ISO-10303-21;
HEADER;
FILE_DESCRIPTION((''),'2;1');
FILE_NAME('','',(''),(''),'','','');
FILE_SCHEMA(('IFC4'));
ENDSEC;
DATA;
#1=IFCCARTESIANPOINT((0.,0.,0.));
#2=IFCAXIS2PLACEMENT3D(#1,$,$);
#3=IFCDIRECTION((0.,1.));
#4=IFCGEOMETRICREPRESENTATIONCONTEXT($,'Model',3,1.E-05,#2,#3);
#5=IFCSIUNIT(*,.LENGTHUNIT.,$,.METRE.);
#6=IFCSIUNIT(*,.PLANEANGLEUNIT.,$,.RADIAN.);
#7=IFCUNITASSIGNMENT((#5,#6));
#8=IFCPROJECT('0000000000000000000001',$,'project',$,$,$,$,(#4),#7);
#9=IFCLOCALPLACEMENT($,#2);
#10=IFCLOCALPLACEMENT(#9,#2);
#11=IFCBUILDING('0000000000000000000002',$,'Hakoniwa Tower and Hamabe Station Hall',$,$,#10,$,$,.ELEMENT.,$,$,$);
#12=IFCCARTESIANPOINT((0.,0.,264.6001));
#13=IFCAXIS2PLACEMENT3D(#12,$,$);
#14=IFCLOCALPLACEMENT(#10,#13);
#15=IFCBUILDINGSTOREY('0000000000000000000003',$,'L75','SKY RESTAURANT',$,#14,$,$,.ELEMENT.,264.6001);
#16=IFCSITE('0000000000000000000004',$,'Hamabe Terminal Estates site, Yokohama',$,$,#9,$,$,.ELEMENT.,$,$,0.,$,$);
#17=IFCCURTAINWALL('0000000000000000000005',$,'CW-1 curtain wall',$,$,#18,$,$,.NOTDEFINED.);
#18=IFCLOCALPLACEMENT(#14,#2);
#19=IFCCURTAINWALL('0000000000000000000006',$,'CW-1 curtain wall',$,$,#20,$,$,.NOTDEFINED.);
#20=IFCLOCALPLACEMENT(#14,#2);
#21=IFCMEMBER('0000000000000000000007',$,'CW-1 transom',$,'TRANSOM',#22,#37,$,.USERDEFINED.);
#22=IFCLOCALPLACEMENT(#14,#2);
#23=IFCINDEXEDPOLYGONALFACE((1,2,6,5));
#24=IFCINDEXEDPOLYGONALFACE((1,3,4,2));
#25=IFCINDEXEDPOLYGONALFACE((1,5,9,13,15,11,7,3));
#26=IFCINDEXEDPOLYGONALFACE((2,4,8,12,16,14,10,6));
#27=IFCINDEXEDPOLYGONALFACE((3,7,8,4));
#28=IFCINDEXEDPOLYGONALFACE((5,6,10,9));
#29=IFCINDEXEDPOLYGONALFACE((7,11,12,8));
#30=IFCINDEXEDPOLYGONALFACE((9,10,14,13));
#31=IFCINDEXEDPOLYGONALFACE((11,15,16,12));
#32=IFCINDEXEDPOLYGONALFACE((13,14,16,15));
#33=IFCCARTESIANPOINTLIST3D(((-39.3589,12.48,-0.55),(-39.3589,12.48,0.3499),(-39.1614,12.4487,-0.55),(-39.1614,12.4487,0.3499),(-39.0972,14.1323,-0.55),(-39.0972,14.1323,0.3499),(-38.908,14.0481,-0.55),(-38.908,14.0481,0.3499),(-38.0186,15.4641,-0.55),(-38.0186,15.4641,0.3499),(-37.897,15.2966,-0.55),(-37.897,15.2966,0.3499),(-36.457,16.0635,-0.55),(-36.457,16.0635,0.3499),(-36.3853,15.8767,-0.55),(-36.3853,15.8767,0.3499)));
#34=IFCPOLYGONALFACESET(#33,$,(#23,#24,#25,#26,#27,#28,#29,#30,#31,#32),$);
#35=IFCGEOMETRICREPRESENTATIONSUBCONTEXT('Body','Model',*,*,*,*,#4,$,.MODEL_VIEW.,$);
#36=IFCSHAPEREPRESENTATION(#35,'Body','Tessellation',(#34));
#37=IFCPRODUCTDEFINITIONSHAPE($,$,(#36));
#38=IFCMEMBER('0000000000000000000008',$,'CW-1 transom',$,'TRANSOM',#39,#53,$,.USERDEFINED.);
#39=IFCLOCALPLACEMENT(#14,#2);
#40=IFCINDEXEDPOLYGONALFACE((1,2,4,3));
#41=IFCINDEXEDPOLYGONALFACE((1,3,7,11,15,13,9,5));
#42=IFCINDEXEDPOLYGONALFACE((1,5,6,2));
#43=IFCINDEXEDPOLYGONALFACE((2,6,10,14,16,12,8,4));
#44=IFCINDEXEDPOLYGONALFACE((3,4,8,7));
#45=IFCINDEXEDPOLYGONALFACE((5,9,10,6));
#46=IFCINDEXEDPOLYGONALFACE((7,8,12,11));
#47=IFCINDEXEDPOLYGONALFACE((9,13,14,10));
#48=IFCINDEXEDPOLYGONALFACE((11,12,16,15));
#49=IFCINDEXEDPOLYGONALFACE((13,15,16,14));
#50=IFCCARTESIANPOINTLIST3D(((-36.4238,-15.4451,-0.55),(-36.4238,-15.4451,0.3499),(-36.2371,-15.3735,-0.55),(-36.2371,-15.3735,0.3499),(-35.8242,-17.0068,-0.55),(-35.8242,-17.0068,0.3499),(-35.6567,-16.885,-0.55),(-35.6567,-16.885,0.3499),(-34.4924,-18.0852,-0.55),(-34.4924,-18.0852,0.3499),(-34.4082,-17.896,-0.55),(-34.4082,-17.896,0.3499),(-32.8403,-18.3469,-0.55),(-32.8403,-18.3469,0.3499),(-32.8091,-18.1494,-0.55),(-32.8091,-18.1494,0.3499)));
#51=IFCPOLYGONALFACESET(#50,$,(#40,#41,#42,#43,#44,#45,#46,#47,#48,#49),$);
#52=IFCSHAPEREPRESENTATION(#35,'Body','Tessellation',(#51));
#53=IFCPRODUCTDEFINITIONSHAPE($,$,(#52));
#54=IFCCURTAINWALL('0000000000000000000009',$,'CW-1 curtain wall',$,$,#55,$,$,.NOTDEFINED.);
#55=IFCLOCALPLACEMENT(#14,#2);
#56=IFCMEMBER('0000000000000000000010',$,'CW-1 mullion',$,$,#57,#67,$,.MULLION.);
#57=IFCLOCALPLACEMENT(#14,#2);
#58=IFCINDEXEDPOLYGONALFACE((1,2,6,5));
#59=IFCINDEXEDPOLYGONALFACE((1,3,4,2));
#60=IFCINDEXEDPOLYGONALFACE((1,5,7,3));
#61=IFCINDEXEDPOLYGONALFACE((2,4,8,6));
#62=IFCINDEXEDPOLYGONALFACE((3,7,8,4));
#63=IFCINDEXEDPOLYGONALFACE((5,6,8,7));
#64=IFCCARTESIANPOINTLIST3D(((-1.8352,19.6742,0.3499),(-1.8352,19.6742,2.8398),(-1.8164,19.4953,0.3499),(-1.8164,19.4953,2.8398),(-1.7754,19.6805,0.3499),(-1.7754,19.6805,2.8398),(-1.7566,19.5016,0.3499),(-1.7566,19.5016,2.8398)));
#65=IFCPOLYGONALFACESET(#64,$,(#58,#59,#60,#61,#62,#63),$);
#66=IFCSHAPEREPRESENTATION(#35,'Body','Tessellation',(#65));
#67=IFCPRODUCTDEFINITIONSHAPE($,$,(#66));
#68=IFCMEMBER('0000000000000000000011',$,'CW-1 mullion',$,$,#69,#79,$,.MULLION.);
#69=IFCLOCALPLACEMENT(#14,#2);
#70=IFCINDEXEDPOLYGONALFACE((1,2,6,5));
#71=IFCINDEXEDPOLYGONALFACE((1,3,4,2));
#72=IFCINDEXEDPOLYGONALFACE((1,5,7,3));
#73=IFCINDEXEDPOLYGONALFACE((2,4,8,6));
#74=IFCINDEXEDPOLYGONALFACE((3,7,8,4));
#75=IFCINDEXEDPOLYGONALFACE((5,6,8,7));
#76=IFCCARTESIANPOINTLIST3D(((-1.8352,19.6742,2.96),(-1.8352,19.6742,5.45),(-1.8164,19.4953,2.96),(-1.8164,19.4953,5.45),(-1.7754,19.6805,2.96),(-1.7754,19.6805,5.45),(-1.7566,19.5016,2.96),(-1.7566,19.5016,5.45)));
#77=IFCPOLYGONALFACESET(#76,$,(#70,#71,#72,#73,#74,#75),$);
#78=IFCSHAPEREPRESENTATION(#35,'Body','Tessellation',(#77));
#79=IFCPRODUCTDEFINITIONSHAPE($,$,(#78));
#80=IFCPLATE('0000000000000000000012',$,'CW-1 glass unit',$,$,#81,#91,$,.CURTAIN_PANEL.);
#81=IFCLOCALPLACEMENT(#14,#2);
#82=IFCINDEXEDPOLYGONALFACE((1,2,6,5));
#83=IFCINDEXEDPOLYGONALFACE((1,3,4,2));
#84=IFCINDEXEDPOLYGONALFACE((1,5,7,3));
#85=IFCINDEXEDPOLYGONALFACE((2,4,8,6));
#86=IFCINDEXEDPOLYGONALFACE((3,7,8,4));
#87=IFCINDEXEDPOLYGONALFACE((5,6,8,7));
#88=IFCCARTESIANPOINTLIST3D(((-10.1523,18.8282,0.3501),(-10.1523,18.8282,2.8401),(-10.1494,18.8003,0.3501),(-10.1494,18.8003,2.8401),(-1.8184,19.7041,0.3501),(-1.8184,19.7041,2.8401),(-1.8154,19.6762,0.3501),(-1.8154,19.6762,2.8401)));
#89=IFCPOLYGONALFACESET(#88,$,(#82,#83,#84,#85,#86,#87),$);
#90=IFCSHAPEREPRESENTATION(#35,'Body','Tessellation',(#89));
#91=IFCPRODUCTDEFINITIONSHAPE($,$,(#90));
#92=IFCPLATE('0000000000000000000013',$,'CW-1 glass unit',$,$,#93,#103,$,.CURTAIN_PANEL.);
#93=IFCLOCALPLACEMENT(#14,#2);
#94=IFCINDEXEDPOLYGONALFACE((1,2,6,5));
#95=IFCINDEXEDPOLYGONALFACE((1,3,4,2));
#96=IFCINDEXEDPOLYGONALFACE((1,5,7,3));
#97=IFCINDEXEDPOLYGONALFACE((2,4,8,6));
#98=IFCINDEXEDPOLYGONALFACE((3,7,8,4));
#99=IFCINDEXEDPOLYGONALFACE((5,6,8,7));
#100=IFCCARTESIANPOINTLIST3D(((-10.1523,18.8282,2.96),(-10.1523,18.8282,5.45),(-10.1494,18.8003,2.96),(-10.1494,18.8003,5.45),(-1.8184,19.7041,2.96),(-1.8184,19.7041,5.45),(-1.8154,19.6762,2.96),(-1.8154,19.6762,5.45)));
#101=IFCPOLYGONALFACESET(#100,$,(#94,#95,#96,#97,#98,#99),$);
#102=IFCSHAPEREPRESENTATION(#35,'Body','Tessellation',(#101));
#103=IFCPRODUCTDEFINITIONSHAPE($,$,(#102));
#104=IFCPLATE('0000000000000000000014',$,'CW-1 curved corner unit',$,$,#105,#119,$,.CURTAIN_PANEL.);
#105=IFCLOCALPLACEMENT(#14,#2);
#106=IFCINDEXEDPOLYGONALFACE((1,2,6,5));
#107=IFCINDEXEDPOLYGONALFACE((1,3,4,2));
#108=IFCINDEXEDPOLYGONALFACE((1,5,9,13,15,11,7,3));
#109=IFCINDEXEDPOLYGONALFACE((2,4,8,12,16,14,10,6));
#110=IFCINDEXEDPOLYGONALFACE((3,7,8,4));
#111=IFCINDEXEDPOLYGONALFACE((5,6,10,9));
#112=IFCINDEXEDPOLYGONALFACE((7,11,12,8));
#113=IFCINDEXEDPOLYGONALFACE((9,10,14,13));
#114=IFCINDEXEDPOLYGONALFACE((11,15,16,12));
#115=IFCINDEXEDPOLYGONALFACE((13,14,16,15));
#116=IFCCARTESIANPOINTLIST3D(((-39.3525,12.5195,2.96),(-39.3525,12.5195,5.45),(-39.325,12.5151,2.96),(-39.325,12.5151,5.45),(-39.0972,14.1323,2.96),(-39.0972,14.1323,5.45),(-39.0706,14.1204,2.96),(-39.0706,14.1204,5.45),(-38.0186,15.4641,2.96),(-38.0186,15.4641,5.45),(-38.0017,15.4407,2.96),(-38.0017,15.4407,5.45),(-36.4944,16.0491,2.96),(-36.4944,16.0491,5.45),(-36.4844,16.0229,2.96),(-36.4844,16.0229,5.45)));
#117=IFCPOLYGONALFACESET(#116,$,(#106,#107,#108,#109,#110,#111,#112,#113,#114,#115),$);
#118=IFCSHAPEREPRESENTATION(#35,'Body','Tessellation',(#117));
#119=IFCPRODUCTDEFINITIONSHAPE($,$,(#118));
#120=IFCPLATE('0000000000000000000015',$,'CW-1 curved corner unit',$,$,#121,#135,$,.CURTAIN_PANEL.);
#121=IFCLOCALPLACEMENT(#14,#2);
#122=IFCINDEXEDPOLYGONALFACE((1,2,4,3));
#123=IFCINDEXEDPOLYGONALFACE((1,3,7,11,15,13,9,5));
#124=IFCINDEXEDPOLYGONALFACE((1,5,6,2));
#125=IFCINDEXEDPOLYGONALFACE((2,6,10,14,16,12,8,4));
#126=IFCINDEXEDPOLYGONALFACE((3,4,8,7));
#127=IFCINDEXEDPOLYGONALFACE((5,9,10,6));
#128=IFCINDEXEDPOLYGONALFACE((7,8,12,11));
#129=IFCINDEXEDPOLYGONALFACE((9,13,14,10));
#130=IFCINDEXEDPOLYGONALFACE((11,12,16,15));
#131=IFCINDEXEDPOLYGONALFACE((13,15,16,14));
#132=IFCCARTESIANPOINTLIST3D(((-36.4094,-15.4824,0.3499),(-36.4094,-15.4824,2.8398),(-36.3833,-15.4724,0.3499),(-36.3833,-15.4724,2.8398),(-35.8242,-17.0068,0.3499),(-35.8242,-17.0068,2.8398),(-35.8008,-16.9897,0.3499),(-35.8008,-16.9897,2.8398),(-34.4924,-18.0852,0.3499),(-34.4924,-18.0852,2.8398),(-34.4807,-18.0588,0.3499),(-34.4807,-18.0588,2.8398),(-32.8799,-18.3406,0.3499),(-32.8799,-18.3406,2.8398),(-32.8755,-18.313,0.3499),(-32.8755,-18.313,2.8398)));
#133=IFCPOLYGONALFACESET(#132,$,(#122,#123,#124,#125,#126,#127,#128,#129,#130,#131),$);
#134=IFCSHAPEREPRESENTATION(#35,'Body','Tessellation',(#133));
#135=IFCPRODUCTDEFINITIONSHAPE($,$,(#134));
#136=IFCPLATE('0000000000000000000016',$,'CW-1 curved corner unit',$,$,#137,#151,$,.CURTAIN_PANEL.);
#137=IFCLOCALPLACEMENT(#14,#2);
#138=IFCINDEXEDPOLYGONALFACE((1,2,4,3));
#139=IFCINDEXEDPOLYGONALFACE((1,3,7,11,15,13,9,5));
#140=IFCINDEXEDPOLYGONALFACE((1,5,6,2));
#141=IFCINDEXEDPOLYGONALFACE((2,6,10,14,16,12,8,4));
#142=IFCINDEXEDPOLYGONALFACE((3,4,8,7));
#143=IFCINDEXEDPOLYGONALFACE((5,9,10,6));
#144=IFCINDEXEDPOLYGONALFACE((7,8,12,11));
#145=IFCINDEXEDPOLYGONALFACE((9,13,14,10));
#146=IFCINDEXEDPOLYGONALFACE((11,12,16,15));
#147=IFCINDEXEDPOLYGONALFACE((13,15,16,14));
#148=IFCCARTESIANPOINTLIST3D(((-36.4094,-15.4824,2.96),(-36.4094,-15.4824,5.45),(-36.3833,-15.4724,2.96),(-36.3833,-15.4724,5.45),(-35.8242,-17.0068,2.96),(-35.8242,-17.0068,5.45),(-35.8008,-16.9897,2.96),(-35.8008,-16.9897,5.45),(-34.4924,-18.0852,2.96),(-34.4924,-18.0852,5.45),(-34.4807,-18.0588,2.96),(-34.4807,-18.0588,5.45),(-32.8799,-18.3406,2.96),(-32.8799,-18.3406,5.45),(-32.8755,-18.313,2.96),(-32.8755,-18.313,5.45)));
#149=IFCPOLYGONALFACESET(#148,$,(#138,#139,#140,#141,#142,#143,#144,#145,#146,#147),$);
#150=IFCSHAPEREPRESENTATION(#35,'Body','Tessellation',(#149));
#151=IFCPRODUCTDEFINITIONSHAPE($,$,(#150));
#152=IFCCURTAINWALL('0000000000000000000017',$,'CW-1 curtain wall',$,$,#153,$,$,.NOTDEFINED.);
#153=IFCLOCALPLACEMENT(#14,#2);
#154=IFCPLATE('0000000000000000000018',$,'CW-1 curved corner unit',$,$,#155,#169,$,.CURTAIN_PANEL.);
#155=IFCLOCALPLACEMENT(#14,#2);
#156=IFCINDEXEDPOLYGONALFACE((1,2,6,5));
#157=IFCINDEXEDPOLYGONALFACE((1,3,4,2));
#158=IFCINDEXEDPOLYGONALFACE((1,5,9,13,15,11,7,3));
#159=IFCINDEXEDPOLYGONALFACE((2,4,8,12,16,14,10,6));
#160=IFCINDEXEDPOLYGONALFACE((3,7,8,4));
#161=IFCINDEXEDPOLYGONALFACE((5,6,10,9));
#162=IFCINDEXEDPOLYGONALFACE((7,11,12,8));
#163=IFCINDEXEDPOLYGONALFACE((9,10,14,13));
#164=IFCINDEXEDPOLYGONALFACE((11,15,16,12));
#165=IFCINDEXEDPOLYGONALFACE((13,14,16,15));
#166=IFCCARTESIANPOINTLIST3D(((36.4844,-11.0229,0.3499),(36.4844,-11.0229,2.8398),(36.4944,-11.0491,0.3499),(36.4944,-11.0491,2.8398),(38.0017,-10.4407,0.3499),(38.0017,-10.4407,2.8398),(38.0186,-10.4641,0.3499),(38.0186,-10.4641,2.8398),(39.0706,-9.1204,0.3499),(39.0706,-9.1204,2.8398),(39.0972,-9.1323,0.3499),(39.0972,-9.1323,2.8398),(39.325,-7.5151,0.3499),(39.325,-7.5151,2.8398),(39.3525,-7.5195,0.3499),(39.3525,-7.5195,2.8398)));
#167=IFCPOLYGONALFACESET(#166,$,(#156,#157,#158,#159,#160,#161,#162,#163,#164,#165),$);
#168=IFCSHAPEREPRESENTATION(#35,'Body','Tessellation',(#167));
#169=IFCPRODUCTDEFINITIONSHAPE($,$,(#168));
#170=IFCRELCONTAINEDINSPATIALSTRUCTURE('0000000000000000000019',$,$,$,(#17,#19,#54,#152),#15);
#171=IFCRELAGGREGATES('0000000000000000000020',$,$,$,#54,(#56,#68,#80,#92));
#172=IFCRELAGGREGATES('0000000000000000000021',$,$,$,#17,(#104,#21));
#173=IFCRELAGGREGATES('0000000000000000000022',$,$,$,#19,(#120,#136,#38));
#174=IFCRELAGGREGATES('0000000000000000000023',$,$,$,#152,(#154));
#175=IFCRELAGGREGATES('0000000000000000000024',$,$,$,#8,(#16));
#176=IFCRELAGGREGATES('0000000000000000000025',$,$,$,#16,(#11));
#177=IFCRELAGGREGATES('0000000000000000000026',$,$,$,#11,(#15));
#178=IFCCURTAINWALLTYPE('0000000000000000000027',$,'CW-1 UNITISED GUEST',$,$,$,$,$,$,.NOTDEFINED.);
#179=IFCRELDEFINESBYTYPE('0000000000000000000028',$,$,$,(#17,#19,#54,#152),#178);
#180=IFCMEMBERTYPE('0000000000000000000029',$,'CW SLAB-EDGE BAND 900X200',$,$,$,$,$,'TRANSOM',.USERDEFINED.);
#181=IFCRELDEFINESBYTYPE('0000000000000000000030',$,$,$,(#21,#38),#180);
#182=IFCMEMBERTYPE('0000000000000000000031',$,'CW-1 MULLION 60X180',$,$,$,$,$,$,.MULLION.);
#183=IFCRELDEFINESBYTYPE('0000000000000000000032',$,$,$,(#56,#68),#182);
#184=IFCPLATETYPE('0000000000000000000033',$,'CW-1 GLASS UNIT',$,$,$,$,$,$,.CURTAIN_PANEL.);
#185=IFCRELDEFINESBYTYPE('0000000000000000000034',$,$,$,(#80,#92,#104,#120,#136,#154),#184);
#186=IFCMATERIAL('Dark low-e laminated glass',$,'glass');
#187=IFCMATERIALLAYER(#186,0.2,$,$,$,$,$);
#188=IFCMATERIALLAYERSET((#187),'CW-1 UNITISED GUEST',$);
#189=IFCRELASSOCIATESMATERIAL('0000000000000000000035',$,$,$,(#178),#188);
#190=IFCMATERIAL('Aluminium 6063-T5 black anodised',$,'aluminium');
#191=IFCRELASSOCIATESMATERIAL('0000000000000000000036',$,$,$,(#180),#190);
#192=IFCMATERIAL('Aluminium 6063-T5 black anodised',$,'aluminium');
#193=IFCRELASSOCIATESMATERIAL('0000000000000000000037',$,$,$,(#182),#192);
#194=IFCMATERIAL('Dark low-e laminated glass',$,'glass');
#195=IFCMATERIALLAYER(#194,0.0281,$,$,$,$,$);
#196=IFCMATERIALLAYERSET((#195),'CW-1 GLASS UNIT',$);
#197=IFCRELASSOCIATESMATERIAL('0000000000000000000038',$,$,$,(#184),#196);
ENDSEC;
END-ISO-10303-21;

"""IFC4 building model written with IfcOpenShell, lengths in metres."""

from ifc_helpers import new_model, si_unit, direction, frame, origin, origin_2d, place, context, subcontext, project, spatial, polyline, rectangle, outline, extrude, material, layer, layer_set, material_profile, profile_set, type_object, element, aggregate, save


model = new_model("IFC4")

# Units and contexts
model_context = context("Model", 3, precision=1e-05, world=origin(), true_north=direction((0.0, 1.0)))
body_context = subcontext(model_context, "Body", "Model", "MODEL_VIEW")
ifc_project = project(units=[si_unit("LENGTHUNIT", "METRE"), si_unit("PLANEANGLEUNIT", "RADIAN")], contexts=[model_context])

# Site, building, storey
site_placement = place(None, origin())
site = spatial("IfcSite", under=ifc_project, at=site_placement, Name="Hamabe Terminal Estates site, Yokohama", CompositionType="ELEMENT", RefElevation=0.0)
building_placement = place(site_placement, origin())
building = spatial("IfcBuilding", under=site, at=building_placement, Name="Hakoniwa Tower and Hamabe Station Hall", CompositionType="ELEMENT")
storey_placement = place(building_placement, frame((0.0, 0.0, 264.6001)))
storey = spatial("IfcBuildingStorey", under=building, at=storey_placement, Name="L75", Description="SKY RESTAURANT", CompositionType="ELEMENT", Elevation=264.6001)

# Curtain walls
ifc_material_1 = material(Name="Dark low-e laminated glass", Category="glass")
ifc_layer_1 = layer(ifc_material_1, 0.2)
ifc_layer_set_1 = layer_set([ifc_layer_1], Name="CW-1 UNITISED GUEST")
curtain_wall_type = type_object("IfcCurtainWallType", Name="CW-1 UNITISED GUEST", PredefinedType="NOTDEFINED", material=ifc_layer_set_1)
curtain_wall_1_placement = place(storey_placement, origin())
curtain_wall_1 = element("IfcCurtainWall", 1, at=curtain_wall_1_placement, inside=storey, type_object=curtain_wall_type, Name="CW-1 curtain wall", PredefinedType="NOTDEFINED")
curtain_wall_2_placement = place(storey_placement, origin())
curtain_wall_2 = element("IfcCurtainWall", 2, at=curtain_wall_2_placement, inside=storey, type_object=curtain_wall_type, Name="CW-1 curtain wall", PredefinedType="NOTDEFINED")

# Members
ifc_material_2 = material(Name="Aluminium 6063-T5 black anodised", Category="aluminium")
ifc_material_profile_1 = material_profile(ifc_material_2, rectangle(XDim=0.2, YDim=0.8999, at=origin_2d()), Name="CW SLAB-EDGE BAND 900X200")
ifc_profile_set_1 = profile_set([ifc_material_profile_1], Name="Aluminium 6063-T5 black anodised")
member_type_1 = type_object("IfcMemberType", Name="CW SLAB-EDGE BAND 900X200", ElementType="TRANSOM", PredefinedType="USERDEFINED", material=ifc_profile_set_1)
member_1_placement = place(storey_placement, frame((0.0, 0.0, -0.55)))
member_1 = element("IfcMember", 3, at=member_1_placement, type_object=member_type_1, Name="CW-1 transom", ObjectType="TRANSOM", PredefinedType="USERDEFINED", context=body_context, shape_type="SweptSolid", body=[
    extrude(outline(polyline([(-36.457, 16.0635), (-38.0186, 15.4641), (-39.0972, 14.1323), (-39.3589, 12.48), (-39.1614, 12.4487), (-38.908, 14.0481), (-37.897, 15.2966), (-36.3853, 15.8767), (-36.457, 16.0635)])), origin(), (0.0, 0.0, 1.0), 0.8999),
])
member_2_placement = place(storey_placement, frame((0.0, 0.0, -0.55)))
member_2 = element("IfcMember", 4, at=member_2_placement, type_object=member_type_1, Name="CW-1 transom", ObjectType="TRANSOM", PredefinedType="USERDEFINED", context=body_context, shape_type="SweptSolid", body=[
    extrude(outline(polyline([(-36.4238, -15.4451), (-35.8242, -17.0068), (-34.4924, -18.0852), (-32.8403, -18.3469), (-32.8091, -18.1494), (-34.4082, -17.896), (-35.6567, -16.885), (-36.2371, -15.3735), (-36.4238, -15.4451)])), origin(), (0.0, 0.0, 1.0), 0.8999),
])

# Curtain wall, members, plates
curtain_wall_3_placement = place(storey_placement, origin())
curtain_wall_3 = element("IfcCurtainWall", 5, at=curtain_wall_3_placement, inside=storey, type_object=curtain_wall_type, Name="CW-1 curtain wall", PredefinedType="NOTDEFINED")
ifc_material_3 = material(Name="Aluminium 6063-T5 black anodised", Category="aluminium")
ifc_material_profile_2 = material_profile(ifc_material_3, rectangle(XDim=0.0601, YDim=0.1799, at=origin_2d()), Name="CW-1 MULLION 60X180")
ifc_profile_set_2 = profile_set([ifc_material_profile_2], Name="Aluminium 6063-T5 black anodised")
member_type_2 = type_object("IfcMemberType", Name="CW-1 MULLION 60X180", PredefinedType="MULLION", material=ifc_profile_set_2)
member_3_placement = place(storey_placement, frame((-1.7959, 19.5879, 0.3499), z_axis=(0.0, 0.0, 1.0), x_axis=(-0.994522, -0.104528, 0.0)))
member_3 = element("IfcMember", 6, at=member_3_placement, type_object=member_type_2, Name="CW-1 mullion", PredefinedType="MULLION", context=body_context, shape_type="SweptSolid", body=[
    extrude(rectangle(XDim=0.0601, YDim=0.1799, at=origin_2d()), origin(), (0.0, 0.0, 1.0), 2.49),
])
member_4_placement = place(storey_placement, frame((-1.7959, 19.5879, 2.96), z_axis=(0.0, 0.0, 1.0), x_axis=(-0.994522, -0.104528, 0.0)))
member_4 = element("IfcMember", 7, at=member_4_placement, type_object=member_type_2, Name="CW-1 mullion", PredefinedType="MULLION", context=body_context, shape_type="SweptSolid", body=[
    extrude(rectangle(XDim=0.0601, YDim=0.1799, at=origin_2d()), origin(), (0.0, 0.0, 1.0), 2.49),
])
ifc_material_4 = material(Name="Dark low-e laminated glass", Category="glass")
ifc_layer_2 = layer(ifc_material_4, 0.0281)
ifc_layer_set_2 = layer_set([ifc_layer_2], Name="CW-1 GLASS UNIT")
plate_type = type_object("IfcPlateType", Name="CW-1 GLASS UNIT", PredefinedType="CURTAIN_PANEL", material=ifc_layer_set_2)
plate_1_placement = place(storey_placement, frame((-5.9839, 19.2522, 0.3501), z_axis=(0.0, 0.0, 1.0), x_axis=(-0.994522, -0.104528, 0.0)))
plate_1 = element("IfcPlate", 8, at=plate_1_placement, type_object=plate_type, Name="CW-1 glass unit", PredefinedType="CURTAIN_PANEL", context=body_context, shape_type="SweptSolid", body=[
    extrude(rectangle(XDim=8.3799, YDim=0.0281, at=origin_2d()), origin(), (0.0, 0.0, 1.0), 2.49),
])
plate_2_placement = place(storey_placement, frame((-5.9839, 19.2522, 2.96), z_axis=(0.0, 0.0, 1.0), x_axis=(-0.994522, -0.104528, 0.0)))
plate_2 = element("IfcPlate", 9, at=plate_2_placement, type_object=plate_type, Name="CW-1 glass unit", PredefinedType="CURTAIN_PANEL", context=body_context, shape_type="SweptSolid", body=[
    extrude(rectangle(XDim=8.3799, YDim=0.0281, at=origin_2d()), origin(), (0.0, 0.0, 1.0), 2.49),
])
aggregate(curtain_wall_3, [member_3, member_4, plate_1, plate_2])

# Plates
plate_3_placement = place(storey_placement, frame((0.0, 0.0, 2.96)))
plate_3 = element("IfcPlate", 10, at=plate_3_placement, type_object=plate_type, Name="CW-1 curved corner unit", PredefinedType="CURTAIN_PANEL", context=body_context, shape_type="SweptSolid", body=[
    extrude(outline(polyline([(-36.4944, 16.0491), (-38.0186, 15.4641), (-39.0972, 14.1323), (-39.3525, 12.5195), (-39.325, 12.5151), (-39.0706, 14.1204), (-38.0017, 15.4407), (-36.4844, 16.0229), (-36.4944, 16.0491)])), origin(), (0.0, 0.0, 1.0), 2.49),
])
aggregate(curtain_wall_1, [plate_3, member_1])
plate_4_placement = place(storey_placement, frame((0.0, 0.0, 0.3499)))
plate_4 = element("IfcPlate", 11, at=plate_4_placement, type_object=plate_type, Name="CW-1 curved corner unit", PredefinedType="CURTAIN_PANEL", context=body_context, shape_type="SweptSolid", body=[
    extrude(outline(polyline([(-36.4094, -15.4824), (-35.8242, -17.0068), (-34.4924, -18.0852), (-32.8799, -18.3406), (-32.8755, -18.313), (-34.4807, -18.0588), (-35.8008, -16.9897), (-36.3833, -15.4724), (-36.4094, -15.4824)])), origin(), (0.0, 0.0, 1.0), 2.49),
])
plate_5_placement = place(storey_placement, frame((0.0, 0.0, 2.96)))
plate_5 = element("IfcPlate", 12, at=plate_5_placement, type_object=plate_type, Name="CW-1 curved corner unit", PredefinedType="CURTAIN_PANEL", context=body_context, shape_type="SweptSolid", body=[
    extrude(outline(polyline([(-36.4094, -15.4824), (-35.8242, -17.0068), (-34.4924, -18.0852), (-32.8799, -18.3406), (-32.8755, -18.313), (-34.4807, -18.0588), (-35.8008, -16.9897), (-36.3833, -15.4724), (-36.4094, -15.4824)])), origin(), (0.0, 0.0, 1.0), 2.49),
])
aggregate(curtain_wall_2, [plate_4, plate_5, member_2])

# Curtain wall, plate
curtain_wall_4_placement = place(storey_placement, origin())
curtain_wall_4 = element("IfcCurtainWall", 13, at=curtain_wall_4_placement, inside=storey, type_object=curtain_wall_type, Name="CW-1 curtain wall", PredefinedType="NOTDEFINED")
plate_6_placement = place(storey_placement, frame((0.0, 0.0, 0.3499)))
plate_6 = element("IfcPlate", 14, at=plate_6_placement, type_object=plate_type, Name="CW-1 curved corner unit", PredefinedType="CURTAIN_PANEL", context=body_context, shape_type="SweptSolid", body=[
    extrude(outline(polyline([(36.4944, -11.0491), (38.0186, -10.4641), (39.0972, -9.1323), (39.3525, -7.5195), (39.325, -7.5151), (39.0706, -9.1204), (38.0017, -10.4407), (36.4844, -11.0229), (36.4944, -11.0491)])), origin(), (0.0, 0.0, 1.0), 2.49),
])
aggregate(curtain_wall_4, [plate_6])

save(model, "model.ifc")
